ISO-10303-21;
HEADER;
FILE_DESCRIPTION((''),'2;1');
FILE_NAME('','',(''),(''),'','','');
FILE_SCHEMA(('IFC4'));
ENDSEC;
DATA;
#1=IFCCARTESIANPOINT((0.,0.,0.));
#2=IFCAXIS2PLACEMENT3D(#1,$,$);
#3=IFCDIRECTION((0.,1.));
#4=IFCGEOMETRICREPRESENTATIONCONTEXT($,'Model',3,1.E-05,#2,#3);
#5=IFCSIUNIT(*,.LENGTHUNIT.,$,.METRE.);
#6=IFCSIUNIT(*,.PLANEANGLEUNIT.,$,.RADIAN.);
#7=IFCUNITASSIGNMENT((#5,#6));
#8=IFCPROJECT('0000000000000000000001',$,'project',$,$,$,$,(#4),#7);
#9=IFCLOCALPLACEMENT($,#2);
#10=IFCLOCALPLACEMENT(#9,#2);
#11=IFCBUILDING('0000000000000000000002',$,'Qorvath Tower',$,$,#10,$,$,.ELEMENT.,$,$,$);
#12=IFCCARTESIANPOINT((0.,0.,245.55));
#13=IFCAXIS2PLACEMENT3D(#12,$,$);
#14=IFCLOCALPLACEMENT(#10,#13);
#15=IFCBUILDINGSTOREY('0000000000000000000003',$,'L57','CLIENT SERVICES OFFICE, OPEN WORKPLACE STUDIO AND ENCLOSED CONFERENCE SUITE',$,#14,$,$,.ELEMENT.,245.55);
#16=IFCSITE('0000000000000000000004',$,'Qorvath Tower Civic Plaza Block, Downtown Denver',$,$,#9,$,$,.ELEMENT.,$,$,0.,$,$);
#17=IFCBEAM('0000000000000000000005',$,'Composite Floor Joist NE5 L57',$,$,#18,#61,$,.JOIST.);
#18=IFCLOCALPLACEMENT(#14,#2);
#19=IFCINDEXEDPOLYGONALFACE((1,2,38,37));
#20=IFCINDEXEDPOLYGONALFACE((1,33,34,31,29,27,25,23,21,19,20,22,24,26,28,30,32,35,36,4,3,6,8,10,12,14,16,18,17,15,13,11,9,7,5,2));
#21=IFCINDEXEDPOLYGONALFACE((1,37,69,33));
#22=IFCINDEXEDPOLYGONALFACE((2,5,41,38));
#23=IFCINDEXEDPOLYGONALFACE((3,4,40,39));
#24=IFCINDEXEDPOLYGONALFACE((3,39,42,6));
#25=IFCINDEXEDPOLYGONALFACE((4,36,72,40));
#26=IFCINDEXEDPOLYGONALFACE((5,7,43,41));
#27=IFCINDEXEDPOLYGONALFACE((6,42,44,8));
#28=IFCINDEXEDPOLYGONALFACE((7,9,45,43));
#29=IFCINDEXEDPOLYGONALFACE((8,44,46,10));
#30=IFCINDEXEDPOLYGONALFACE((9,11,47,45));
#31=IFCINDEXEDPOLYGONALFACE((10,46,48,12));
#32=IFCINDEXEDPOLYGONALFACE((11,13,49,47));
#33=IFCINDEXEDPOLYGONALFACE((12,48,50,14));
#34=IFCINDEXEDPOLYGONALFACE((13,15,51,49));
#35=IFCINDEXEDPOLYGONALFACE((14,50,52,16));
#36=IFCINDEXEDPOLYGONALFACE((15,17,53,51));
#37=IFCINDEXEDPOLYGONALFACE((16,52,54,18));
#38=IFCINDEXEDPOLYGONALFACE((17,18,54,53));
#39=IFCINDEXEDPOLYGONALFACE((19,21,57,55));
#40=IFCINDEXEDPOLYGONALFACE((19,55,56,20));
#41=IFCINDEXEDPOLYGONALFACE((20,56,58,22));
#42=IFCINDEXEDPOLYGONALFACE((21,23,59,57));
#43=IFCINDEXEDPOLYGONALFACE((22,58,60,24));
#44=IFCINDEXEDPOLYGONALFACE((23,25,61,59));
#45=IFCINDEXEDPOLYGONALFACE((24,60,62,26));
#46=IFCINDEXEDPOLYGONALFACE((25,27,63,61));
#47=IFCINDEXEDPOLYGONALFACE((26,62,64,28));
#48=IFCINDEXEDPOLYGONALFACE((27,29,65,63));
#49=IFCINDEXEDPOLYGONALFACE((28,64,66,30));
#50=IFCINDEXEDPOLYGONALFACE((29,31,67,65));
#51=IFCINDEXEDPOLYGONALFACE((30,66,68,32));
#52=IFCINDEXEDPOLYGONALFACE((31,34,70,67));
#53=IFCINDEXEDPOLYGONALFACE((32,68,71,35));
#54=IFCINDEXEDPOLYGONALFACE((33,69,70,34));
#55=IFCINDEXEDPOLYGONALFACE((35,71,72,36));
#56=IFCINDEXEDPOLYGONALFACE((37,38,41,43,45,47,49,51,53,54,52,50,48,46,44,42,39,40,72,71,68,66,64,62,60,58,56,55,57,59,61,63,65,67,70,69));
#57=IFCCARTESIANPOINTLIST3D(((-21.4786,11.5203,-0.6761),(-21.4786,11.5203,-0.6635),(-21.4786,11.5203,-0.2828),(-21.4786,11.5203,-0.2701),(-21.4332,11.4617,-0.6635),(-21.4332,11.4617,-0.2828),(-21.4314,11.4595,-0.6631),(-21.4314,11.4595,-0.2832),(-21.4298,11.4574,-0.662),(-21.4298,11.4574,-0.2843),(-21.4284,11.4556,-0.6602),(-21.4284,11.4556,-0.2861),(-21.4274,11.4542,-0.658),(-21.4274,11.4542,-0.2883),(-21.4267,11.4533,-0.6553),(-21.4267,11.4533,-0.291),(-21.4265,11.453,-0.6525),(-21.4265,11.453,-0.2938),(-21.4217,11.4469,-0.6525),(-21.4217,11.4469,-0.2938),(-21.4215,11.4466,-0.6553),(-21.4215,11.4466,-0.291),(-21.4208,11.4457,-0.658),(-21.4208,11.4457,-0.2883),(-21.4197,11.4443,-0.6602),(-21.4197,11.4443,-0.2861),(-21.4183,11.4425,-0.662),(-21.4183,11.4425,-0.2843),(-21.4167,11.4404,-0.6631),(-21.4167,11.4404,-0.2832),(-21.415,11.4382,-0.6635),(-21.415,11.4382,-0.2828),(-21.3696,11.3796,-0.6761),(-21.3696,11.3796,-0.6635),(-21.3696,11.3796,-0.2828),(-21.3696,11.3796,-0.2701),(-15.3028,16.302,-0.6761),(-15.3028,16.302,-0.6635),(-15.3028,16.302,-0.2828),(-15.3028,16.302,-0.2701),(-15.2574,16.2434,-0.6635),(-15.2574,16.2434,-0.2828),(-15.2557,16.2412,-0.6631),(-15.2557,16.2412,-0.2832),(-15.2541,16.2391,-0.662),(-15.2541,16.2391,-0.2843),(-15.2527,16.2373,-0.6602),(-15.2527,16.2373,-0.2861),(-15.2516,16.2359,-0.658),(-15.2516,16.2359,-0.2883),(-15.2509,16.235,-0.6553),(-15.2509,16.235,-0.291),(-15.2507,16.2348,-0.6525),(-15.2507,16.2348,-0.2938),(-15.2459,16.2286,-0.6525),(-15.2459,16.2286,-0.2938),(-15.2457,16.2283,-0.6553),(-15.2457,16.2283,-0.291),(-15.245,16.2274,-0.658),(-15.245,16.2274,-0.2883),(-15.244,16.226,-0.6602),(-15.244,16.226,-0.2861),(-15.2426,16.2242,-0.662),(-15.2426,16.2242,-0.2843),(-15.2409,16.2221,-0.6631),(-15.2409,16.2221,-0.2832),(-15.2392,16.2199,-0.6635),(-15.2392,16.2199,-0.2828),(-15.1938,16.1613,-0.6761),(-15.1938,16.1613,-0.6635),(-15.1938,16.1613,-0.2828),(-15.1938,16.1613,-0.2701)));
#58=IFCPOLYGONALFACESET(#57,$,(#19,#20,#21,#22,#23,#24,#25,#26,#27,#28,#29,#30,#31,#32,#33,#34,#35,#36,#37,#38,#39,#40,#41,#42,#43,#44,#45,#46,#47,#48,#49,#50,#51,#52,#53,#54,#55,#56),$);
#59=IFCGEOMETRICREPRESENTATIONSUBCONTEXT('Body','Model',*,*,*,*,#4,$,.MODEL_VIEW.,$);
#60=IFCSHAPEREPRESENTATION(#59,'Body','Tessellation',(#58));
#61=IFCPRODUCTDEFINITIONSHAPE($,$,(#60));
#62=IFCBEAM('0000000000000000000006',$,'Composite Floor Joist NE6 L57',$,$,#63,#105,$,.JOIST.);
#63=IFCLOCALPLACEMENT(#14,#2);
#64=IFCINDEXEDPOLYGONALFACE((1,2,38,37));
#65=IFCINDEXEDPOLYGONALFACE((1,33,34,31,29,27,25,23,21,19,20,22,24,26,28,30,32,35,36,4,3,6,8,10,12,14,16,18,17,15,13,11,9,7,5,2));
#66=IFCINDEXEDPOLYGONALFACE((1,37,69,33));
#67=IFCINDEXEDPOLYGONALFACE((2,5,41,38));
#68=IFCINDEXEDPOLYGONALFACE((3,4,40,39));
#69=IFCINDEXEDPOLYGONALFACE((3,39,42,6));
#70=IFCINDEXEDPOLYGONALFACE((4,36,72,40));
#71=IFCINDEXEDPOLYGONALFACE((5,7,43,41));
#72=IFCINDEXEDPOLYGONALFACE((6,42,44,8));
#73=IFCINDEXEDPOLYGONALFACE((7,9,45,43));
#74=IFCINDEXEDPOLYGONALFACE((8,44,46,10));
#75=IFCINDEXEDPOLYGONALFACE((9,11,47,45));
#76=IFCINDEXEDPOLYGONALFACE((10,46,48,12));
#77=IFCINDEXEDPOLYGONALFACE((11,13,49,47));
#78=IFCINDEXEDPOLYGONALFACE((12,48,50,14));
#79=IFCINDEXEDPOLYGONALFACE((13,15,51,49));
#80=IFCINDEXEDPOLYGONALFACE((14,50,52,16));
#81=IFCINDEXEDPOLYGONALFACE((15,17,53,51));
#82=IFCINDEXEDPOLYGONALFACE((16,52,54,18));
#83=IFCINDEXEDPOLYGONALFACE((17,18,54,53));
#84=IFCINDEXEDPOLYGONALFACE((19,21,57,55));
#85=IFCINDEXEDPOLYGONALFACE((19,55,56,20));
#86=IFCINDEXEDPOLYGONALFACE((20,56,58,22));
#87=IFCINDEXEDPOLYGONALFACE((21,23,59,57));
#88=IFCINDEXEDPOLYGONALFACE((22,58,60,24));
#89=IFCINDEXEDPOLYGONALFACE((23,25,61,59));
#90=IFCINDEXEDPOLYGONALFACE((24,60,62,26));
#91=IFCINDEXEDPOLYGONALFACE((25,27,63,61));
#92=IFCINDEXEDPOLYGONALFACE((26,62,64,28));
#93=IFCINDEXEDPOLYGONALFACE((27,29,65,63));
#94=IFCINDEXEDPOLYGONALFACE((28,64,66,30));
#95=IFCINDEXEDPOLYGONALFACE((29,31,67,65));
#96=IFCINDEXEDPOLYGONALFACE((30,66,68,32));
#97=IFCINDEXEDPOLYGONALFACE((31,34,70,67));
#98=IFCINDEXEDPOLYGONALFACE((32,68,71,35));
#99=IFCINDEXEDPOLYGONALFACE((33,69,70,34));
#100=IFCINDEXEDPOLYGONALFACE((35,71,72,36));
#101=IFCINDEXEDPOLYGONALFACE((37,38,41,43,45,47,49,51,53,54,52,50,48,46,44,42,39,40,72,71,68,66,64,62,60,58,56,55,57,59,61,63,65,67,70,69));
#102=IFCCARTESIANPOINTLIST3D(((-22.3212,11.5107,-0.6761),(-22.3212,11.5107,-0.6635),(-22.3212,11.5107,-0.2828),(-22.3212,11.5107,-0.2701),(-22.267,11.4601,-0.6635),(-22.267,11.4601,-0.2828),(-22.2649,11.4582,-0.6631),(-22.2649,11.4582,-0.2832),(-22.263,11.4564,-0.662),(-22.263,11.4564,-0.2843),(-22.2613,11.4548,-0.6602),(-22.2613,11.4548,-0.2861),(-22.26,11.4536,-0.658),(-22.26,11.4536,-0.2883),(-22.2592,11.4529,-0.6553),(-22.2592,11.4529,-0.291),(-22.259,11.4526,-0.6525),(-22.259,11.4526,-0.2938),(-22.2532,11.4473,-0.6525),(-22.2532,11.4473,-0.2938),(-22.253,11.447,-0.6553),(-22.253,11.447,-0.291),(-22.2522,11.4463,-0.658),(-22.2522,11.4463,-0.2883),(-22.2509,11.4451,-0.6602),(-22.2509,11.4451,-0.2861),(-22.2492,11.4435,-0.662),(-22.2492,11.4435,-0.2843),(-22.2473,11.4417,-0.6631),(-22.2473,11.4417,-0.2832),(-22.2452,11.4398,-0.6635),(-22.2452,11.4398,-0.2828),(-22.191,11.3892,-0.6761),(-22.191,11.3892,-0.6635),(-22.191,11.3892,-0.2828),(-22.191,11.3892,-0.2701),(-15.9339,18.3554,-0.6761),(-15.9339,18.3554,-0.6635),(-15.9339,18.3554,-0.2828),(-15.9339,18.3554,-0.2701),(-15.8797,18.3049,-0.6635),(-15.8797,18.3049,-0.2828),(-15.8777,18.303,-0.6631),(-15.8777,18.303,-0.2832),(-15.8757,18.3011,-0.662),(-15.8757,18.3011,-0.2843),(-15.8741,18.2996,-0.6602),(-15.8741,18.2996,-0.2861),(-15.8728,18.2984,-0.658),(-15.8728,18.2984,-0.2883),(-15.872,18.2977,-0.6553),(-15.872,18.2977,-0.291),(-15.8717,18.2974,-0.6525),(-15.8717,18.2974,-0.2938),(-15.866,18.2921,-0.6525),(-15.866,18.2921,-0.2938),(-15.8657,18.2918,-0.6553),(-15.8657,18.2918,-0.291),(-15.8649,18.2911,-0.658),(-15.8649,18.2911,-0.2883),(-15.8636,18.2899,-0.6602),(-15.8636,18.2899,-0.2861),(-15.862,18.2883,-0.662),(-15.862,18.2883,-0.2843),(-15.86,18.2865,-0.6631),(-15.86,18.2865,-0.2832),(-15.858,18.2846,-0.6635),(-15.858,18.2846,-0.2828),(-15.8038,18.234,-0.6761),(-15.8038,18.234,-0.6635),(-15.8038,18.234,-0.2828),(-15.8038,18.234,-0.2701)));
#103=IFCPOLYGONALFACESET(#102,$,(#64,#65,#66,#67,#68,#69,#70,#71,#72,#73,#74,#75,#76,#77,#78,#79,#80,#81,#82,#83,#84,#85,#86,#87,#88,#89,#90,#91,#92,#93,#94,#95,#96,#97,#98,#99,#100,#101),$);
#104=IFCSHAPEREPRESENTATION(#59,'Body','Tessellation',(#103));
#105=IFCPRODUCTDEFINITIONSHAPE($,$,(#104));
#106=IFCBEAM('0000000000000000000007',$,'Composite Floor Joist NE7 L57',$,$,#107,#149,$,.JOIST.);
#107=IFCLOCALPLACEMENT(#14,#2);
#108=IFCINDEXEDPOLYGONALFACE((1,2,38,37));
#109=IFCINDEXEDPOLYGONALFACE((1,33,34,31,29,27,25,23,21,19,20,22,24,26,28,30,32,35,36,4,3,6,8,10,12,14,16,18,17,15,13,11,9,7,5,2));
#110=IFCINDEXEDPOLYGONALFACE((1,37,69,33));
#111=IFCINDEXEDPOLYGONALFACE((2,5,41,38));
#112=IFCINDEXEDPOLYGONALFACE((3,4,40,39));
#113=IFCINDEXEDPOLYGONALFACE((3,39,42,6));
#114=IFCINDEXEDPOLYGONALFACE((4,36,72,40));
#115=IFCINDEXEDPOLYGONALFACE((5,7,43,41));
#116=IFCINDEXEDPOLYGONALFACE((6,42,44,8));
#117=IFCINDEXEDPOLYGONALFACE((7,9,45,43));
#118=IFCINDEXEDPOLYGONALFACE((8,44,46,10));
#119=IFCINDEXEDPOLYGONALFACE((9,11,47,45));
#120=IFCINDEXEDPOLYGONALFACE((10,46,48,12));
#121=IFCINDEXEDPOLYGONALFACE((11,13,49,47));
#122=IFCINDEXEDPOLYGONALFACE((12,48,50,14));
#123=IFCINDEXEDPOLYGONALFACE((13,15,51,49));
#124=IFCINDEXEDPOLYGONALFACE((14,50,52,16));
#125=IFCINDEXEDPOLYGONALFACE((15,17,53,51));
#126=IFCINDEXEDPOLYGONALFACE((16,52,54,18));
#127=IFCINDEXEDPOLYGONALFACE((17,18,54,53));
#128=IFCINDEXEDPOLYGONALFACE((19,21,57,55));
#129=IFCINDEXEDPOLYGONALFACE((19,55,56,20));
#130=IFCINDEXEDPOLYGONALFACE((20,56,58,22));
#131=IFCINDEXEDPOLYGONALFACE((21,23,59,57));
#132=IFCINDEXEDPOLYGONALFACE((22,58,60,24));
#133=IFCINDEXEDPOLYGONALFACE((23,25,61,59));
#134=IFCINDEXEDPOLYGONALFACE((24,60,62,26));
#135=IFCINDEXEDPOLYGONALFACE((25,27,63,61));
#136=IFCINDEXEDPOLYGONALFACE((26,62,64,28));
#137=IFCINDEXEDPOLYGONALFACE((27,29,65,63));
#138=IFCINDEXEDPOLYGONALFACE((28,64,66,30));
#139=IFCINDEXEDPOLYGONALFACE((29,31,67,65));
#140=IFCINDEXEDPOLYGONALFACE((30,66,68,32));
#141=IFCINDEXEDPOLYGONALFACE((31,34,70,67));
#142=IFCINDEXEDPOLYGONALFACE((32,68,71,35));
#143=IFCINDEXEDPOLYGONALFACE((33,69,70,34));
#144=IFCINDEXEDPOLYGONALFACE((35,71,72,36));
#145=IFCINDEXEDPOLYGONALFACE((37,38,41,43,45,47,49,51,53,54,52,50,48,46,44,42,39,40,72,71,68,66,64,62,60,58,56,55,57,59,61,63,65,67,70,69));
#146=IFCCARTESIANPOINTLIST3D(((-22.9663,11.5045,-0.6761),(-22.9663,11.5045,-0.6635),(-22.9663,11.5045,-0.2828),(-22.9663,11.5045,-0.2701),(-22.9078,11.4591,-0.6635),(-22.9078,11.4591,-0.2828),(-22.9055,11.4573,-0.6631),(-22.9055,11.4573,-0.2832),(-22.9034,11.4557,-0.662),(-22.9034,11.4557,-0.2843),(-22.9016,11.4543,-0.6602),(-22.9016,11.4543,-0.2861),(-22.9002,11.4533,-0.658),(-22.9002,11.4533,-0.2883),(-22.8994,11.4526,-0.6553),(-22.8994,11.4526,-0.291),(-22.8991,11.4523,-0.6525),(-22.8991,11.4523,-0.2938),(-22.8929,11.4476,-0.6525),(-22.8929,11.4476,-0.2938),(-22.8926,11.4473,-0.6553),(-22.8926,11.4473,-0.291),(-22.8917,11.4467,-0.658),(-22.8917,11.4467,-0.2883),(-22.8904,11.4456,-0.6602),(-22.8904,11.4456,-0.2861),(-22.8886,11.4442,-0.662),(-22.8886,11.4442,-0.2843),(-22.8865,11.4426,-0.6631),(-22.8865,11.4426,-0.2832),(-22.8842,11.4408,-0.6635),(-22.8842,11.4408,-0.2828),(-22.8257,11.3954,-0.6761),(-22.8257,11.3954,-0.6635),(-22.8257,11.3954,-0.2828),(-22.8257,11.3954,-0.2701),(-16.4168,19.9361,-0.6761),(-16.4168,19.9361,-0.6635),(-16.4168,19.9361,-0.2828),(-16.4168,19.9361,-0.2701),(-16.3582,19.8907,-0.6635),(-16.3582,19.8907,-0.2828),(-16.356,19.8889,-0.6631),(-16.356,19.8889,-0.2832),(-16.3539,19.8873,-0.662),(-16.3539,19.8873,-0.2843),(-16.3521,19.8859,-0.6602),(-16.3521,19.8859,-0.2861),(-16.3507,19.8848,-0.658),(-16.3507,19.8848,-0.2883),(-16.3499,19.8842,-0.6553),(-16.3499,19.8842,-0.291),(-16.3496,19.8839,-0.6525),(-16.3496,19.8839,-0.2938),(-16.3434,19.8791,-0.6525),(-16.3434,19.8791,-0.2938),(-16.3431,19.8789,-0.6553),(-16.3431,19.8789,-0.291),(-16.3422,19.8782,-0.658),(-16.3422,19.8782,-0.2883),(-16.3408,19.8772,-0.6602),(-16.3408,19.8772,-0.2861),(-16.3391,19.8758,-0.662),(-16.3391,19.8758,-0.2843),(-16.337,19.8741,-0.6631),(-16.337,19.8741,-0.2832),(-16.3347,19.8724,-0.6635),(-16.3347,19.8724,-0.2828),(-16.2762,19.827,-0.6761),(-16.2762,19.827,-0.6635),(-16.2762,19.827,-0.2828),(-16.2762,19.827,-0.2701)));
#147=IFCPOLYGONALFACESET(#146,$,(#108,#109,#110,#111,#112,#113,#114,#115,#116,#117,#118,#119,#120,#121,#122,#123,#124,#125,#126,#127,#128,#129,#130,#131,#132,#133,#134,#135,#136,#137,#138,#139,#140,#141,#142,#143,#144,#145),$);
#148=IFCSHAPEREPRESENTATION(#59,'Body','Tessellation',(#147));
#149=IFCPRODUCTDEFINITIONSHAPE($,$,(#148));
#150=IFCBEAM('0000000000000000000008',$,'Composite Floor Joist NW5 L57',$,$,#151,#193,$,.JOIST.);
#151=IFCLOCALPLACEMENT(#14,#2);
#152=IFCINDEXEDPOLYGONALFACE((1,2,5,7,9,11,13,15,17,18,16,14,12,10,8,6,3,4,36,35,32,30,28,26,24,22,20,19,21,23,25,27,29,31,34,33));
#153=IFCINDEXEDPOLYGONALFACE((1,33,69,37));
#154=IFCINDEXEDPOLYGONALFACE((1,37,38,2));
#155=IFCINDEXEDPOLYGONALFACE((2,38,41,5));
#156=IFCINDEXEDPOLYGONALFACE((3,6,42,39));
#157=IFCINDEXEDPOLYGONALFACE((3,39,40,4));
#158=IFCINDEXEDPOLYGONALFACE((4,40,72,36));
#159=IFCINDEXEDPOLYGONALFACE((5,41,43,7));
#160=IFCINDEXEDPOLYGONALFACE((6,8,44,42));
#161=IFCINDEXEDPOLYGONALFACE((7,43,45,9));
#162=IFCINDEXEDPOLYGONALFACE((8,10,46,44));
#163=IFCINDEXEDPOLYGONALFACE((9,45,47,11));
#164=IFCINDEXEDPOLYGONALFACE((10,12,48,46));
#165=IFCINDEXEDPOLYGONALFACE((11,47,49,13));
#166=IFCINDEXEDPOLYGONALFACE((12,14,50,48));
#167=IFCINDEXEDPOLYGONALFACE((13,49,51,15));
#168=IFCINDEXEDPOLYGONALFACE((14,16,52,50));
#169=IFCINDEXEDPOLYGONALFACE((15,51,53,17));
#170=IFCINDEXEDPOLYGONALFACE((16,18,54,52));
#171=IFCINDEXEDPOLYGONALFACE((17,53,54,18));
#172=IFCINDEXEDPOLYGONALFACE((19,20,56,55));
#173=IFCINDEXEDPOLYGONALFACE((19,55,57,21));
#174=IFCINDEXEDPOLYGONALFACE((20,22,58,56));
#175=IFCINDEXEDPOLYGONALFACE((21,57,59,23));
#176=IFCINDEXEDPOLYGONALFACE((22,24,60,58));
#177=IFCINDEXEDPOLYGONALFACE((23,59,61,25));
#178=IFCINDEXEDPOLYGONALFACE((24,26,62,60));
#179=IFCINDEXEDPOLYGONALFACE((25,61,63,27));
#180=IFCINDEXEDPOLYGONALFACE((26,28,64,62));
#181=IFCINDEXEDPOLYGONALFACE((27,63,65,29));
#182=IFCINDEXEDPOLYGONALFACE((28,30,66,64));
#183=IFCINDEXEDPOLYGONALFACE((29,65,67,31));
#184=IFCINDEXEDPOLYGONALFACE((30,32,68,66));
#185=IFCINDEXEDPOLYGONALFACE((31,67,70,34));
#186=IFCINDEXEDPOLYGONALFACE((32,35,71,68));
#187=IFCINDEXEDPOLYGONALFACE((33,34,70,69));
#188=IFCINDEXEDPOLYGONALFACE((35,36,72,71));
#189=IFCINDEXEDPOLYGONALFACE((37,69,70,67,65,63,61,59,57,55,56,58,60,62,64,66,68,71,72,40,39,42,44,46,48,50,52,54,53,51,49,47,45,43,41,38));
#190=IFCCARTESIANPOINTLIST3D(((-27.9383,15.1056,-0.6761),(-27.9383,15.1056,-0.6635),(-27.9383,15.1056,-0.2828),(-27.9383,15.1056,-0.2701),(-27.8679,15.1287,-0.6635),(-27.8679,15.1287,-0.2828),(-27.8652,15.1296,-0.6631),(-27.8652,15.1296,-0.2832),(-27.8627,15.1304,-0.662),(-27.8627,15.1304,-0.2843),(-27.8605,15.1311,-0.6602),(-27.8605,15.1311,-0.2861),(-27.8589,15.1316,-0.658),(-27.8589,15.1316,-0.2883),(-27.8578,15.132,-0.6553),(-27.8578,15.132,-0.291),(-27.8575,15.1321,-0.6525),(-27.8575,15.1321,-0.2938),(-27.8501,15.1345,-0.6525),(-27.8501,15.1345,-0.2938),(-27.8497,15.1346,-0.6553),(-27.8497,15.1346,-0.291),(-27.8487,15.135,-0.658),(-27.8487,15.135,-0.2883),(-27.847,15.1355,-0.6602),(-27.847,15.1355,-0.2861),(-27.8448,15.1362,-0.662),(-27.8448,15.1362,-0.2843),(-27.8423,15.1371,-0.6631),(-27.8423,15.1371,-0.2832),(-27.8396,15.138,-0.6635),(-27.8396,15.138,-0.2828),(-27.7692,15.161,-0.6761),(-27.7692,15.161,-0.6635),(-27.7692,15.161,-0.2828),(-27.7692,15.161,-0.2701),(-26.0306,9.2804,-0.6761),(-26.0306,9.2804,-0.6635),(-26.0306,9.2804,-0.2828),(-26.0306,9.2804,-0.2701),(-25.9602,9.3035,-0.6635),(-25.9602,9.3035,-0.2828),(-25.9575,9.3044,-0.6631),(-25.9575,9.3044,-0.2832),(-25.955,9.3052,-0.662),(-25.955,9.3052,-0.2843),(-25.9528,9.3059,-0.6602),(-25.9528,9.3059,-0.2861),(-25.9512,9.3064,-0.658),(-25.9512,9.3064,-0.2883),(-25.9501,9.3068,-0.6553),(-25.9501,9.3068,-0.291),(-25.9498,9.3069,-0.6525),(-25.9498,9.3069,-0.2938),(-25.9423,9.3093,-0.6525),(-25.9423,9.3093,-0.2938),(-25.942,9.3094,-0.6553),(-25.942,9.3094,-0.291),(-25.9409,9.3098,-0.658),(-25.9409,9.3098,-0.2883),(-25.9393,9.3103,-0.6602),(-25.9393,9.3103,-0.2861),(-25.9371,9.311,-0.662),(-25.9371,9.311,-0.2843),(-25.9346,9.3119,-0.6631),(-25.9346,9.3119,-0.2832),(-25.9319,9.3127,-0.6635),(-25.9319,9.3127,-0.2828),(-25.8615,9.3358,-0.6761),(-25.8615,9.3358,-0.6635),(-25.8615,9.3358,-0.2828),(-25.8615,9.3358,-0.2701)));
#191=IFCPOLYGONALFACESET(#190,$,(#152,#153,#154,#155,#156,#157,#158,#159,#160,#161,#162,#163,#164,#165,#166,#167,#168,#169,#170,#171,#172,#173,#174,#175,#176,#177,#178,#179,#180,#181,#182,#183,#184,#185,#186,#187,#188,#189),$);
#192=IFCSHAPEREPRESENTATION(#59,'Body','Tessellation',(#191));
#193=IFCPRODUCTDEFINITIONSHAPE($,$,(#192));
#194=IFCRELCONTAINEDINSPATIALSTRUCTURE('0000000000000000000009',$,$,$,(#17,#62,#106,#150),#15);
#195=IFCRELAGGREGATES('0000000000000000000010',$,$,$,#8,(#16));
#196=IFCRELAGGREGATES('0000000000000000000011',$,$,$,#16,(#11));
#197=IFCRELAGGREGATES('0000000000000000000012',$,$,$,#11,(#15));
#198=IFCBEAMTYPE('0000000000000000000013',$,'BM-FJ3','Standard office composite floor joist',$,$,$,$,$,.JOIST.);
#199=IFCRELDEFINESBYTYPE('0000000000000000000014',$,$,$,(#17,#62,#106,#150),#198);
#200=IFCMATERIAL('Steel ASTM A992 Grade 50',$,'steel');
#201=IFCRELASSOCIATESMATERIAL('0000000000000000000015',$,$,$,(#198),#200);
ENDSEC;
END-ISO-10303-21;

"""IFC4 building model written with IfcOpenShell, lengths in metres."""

from ifc_helpers import new_model, si_unit, direction, frame, origin, origin_2d, place, context, subcontext, project, spatial, i_section, extrude, material, material_profile, profile_set, type_object, element, save


model = new_model("IFC4")

# Units and contexts
model_context = context("Model", 3, precision=1e-05, world=origin(), true_north=direction((0.0, 1.0)))
body_context = subcontext(model_context, "Body", "Model", "MODEL_VIEW")
ifc_project = project(units=[si_unit("LENGTHUNIT", "METRE"), si_unit("PLANEANGLEUNIT", "RADIAN")], contexts=[model_context])

# Site, building, storey
site_placement = place(None, origin())
site = spatial("IfcSite", under=ifc_project, at=site_placement, Name="Qorvath Tower Civic Plaza Block, Downtown Denver", CompositionType="ELEMENT", RefElevation=0.0)
building_placement = place(site_placement, origin())
building = spatial("IfcBuilding", under=site, at=building_placement, Name="Qorvath Tower", CompositionType="ELEMENT")
storey_placement = place(building_placement, frame((0.0, 0.0, 245.55)))
storey = spatial("IfcBuildingStorey", under=building, at=storey_placement, Name="L57", Description="CLIENT SERVICES OFFICE, OPEN WORKPLACE STUDIO AND ENCLOSED CONFERENCE SUITE", CompositionType="ELEMENT", Elevation=245.55)

# Beams
ifc_material_1 = material(Name="Steel ASTM A992 Grade 50", Category="steel")
ifc_material_profile_1 = material_profile(ifc_material_1, i_section(OverallWidth=0.178, OverallDepth=0.406, WebThickness=0.0078, FlangeThickness=0.0127, FilletRadius=0.011, at=origin_2d()), Name="W16x40")
ifc_profile_set_1 = profile_set([ifc_material_profile_1], Name="Steel ASTM A992 Grade 50")
beam_type_1 = type_object("IfcBeamType", Name="BM-FJ3", Description="Standard office composite floor joist", PredefinedType="JOIST", material=ifc_profile_set_1)
beam_1_placement = place(storey_placement, frame((-21.4241, 11.45, -0.4731), z_axis=(0.790693, 0.612212, 0.0), x_axis=(-0.612212, 0.790693, 0.0)))
element("IfcBeam", 1, at=beam_1_placement, inside=storey, type_object=beam_type_1, Name="Composite Floor Joist NE5 L57", PredefinedType="JOIST", context=body_context, shape_type="SweptSolid", body=[
    extrude(i_section(OverallWidth=0.178, OverallDepth=0.406, WebThickness=0.0078, FlangeThickness=0.0127, FilletRadius=0.011, at=origin_2d()), origin(), (0.0, 0.0, 1.0), 7.8105),
])
beam_2_placement = place(storey_placement, frame((-22.2561, 11.45, -0.4731), z_axis=(0.682249, 0.731119, 0.0), x_axis=(-0.731119, 0.682249, 0.0)))
element("IfcBeam", 2, at=beam_2_placement, inside=storey, type_object=beam_type_1, Name="Composite Floor Joist NE6 L57", PredefinedType="JOIST", context=body_context, shape_type="SweptSolid", body=[
    extrude(i_section(OverallWidth=0.178, OverallDepth=0.406, WebThickness=0.0078, FlangeThickness=0.0127, FilletRadius=0.011, at=origin_2d()), origin(), (0.0, 0.0, 1.0), 9.3621),
])
beam_3_placement = place(storey_placement, frame((-22.896, 11.45, -0.4731), z_axis=(0.613451, 0.789733, 0.0), x_axis=(-0.789733, 0.613451, 0.0)))
element("IfcBeam", 3, at=beam_3_placement, inside=storey, type_object=beam_type_1, Name="Composite Floor Joist NE7 L57", PredefinedType="JOIST", context=body_context, shape_type="SweptSolid", body=[
    extrude(i_section(OverallWidth=0.178, OverallDepth=0.406, WebThickness=0.0078, FlangeThickness=0.0127, FilletRadius=0.011, at=origin_2d()), origin(), (0.0, 0.0, 1.0), 10.6765),
])
beam_4_placement = place(storey_placement, frame((-25.946, 9.3081, -0.4731), z_axis=(-0.311229, 0.950335, 0.0), x_axis=(-0.950335, -0.311229, 0.0)))
element("IfcBeam", 4, at=beam_4_placement, inside=storey, type_object=beam_type_1, Name="Composite Floor Joist NW5 L57", PredefinedType="JOIST", context=body_context, shape_type="SweptSolid", body=[
    extrude(i_section(OverallWidth=0.178, OverallDepth=0.406, WebThickness=0.0078, FlangeThickness=0.0127, FilletRadius=0.011, at=origin_2d()), origin(), (0.0, 0.0, 1.0), 6.1296),
])

save(model, "model.ifc")
